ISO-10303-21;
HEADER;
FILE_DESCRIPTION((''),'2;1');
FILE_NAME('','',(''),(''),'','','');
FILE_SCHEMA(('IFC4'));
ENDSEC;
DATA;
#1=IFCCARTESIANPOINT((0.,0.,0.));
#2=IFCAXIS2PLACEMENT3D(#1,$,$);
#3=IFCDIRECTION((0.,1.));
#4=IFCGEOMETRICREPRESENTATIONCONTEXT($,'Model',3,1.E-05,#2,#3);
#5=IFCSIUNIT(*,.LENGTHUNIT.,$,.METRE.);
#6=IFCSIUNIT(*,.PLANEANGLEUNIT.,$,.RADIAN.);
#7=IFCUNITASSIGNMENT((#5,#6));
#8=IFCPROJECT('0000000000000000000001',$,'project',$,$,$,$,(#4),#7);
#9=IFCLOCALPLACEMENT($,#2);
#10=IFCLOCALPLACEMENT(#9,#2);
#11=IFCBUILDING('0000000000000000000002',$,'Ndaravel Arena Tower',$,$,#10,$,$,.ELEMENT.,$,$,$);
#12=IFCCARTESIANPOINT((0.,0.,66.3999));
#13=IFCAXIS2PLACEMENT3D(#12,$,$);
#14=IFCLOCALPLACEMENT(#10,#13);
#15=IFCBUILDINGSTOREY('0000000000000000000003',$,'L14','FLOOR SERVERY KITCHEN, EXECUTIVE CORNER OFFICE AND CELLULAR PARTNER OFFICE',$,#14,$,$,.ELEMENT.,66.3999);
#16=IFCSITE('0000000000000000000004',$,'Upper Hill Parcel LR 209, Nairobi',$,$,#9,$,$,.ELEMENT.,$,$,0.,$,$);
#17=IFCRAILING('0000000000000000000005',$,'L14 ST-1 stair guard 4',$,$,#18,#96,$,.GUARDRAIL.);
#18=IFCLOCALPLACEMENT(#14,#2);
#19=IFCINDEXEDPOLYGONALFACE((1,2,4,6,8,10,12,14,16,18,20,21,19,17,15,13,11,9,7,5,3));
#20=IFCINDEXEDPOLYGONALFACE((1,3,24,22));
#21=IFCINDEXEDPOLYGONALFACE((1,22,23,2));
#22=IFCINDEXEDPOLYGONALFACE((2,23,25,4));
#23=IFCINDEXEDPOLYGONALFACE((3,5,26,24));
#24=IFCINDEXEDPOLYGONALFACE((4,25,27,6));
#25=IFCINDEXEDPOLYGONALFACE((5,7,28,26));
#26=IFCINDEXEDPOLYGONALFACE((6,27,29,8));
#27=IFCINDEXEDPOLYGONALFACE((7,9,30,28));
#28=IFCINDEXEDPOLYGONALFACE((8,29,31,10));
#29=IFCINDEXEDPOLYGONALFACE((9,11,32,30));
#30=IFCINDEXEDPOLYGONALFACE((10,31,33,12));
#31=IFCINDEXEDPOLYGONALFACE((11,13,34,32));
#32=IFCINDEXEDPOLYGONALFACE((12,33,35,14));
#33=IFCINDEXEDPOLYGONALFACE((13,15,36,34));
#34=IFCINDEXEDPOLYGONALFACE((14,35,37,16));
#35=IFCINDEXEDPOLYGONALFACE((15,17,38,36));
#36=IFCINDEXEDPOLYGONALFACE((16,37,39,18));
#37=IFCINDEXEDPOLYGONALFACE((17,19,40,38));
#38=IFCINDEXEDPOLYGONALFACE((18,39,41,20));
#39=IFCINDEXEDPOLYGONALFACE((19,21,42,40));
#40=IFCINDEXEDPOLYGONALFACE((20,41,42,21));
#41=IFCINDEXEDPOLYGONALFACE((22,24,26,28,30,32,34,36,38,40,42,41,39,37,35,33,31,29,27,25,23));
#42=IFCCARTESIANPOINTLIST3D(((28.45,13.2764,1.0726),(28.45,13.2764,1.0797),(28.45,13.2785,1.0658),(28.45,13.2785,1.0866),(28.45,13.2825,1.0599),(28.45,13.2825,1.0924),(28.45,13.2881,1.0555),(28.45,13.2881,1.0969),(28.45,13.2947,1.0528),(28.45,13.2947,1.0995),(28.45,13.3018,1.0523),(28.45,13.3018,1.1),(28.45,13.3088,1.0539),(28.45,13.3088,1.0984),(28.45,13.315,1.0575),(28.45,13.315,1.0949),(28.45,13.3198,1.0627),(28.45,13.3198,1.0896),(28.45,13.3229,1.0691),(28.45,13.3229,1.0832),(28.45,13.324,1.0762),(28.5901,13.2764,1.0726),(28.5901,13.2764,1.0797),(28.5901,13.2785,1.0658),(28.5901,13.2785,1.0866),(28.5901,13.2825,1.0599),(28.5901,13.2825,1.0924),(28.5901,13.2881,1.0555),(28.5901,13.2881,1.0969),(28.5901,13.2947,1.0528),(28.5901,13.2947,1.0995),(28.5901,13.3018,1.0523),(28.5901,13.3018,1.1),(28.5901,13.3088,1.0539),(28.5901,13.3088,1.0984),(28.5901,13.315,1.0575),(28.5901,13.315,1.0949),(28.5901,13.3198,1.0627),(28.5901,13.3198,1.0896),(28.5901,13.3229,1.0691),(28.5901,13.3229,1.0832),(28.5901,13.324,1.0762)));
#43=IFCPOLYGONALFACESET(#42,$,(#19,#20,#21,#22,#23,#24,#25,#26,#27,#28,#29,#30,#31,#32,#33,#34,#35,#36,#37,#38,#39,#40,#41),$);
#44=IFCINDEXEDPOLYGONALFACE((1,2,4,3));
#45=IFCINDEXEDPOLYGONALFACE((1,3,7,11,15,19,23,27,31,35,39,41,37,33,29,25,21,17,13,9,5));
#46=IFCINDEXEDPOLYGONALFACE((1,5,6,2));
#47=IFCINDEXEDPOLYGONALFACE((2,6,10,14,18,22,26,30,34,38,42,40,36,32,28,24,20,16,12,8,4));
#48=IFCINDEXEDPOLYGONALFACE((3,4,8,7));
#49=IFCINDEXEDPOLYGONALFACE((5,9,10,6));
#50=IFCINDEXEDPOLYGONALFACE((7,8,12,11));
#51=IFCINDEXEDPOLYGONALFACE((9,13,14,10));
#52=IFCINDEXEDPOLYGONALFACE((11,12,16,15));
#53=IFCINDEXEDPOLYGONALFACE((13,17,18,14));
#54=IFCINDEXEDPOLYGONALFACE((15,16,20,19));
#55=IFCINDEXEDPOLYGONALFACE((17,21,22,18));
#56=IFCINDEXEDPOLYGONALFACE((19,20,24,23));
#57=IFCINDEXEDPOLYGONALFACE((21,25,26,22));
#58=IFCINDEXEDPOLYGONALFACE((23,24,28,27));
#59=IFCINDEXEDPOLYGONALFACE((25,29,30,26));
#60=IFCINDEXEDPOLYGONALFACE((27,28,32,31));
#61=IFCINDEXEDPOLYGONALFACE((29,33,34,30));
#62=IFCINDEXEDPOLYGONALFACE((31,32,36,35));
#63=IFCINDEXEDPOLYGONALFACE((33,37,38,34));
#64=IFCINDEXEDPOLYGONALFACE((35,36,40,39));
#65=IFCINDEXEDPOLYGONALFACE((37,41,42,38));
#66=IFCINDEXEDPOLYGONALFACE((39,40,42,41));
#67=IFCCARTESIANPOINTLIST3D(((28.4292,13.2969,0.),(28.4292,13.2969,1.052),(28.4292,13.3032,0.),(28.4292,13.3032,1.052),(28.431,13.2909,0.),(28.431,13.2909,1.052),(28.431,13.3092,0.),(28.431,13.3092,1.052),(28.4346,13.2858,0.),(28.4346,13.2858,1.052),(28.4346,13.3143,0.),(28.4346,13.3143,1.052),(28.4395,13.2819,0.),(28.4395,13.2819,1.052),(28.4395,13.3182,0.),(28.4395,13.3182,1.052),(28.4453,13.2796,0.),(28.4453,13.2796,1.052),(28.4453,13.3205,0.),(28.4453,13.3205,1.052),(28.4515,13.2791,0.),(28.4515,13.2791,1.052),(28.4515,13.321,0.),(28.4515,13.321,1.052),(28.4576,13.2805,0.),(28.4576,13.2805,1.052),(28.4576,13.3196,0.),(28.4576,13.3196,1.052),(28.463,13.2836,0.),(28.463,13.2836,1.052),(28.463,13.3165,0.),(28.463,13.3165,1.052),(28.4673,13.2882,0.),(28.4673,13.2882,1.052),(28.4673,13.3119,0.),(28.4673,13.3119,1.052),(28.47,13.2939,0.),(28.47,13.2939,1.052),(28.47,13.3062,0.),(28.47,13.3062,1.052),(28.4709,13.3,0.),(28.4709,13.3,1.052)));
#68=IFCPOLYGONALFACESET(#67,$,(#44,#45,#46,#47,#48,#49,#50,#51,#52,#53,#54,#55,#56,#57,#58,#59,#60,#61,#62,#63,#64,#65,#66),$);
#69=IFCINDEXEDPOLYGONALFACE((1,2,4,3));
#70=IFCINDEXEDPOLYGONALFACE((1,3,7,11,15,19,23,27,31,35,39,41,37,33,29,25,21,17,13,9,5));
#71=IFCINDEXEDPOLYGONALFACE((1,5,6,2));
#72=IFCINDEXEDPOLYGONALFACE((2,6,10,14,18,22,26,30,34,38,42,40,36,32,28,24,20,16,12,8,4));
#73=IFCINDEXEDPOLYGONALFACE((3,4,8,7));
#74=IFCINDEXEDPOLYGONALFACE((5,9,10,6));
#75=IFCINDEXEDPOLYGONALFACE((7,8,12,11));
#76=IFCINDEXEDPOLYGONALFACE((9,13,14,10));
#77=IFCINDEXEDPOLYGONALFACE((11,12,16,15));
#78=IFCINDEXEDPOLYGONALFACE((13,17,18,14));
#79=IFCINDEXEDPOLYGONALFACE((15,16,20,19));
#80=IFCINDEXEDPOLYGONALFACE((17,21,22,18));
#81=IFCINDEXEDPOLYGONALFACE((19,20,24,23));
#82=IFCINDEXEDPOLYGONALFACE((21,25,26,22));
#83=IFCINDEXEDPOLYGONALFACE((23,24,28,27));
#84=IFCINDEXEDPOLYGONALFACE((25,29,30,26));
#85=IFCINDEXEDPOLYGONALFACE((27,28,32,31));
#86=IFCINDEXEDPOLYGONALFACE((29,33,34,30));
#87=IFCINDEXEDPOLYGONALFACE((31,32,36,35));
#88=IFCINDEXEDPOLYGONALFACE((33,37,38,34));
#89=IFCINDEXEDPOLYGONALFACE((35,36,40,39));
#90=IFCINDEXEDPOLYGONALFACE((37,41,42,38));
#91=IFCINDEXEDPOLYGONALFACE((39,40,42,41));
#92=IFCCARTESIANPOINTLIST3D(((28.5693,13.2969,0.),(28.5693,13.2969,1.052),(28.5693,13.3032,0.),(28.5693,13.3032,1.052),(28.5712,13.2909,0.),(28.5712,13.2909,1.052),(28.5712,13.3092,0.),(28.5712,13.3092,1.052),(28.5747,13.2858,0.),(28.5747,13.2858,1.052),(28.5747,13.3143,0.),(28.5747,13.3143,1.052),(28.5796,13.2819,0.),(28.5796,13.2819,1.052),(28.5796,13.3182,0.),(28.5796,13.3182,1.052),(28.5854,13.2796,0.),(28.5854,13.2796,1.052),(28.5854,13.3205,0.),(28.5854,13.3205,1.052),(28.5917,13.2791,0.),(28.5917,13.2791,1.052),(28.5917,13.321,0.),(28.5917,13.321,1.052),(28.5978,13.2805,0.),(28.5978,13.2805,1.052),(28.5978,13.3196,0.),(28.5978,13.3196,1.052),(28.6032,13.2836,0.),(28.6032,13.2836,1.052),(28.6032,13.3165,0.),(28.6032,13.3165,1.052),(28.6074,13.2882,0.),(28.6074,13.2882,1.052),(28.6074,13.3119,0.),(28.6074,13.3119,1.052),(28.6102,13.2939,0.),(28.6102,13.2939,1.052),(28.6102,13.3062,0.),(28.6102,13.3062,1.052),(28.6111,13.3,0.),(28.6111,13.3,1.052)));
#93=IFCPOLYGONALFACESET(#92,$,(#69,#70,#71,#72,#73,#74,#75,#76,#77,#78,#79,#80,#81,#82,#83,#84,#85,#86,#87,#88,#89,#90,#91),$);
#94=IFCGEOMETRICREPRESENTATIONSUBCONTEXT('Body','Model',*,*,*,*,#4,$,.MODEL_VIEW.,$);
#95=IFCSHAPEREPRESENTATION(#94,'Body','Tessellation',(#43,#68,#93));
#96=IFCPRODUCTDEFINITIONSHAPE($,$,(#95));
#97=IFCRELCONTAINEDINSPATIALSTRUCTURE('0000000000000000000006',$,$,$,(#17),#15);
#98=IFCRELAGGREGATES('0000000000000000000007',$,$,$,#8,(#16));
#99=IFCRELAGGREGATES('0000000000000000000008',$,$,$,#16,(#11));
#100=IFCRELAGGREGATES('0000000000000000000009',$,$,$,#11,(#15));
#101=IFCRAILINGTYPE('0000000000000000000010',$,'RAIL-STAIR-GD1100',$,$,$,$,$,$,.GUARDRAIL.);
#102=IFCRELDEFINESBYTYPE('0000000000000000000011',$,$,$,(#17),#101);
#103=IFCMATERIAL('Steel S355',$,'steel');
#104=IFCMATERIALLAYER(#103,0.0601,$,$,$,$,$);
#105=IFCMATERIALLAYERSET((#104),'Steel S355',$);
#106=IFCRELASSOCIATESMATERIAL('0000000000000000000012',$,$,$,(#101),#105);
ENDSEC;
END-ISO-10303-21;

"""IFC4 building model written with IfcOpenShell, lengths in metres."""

from ifc_helpers import new_model, si_unit, direction, frame, origin, origin_2d, place, context, subcontext, project, spatial, circle, extrude, material, layer, layer_set, type_object, element, save


model = new_model("IFC4")

# Units and contexts
model_context = context("Model", 3, precision=1e-05, world=origin(), true_north=direction((0.0, 1.0)))
body_context = subcontext(model_context, "Body", "Model", "MODEL_VIEW")
ifc_project = project(units=[si_unit("LENGTHUNIT", "METRE"), si_unit("PLANEANGLEUNIT", "RADIAN")], contexts=[model_context])

# Site, building, storey
site_placement = place(None, origin())
site = spatial("IfcSite", under=ifc_project, at=site_placement, Name="Upper Hill Parcel LR 209, Nairobi", CompositionType="ELEMENT", RefElevation=0.0)
building_placement = place(site_placement, origin())
building = spatial("IfcBuilding", under=site, at=building_placement, Name="Ndaravel Arena Tower", CompositionType="ELEMENT")
storey_placement = place(building_placement, frame((0.0, 0.0, 66.3999)))
storey = spatial("IfcBuildingStorey", under=building, at=storey_placement, Name="L14", Description="FLOOR SERVERY KITCHEN, EXECUTIVE CORNER OFFICE AND CELLULAR PARTNER OFFICE", CompositionType="ELEMENT", Elevation=66.3999)

# Railing
ifc_material_1 = material(Name="Steel S355", Category="steel")
ifc_layer_1 = layer(ifc_material_1, 0.0601)
ifc_layer_set_1 = layer_set([ifc_layer_1], Name="Steel S355")
railing_type_1 = type_object("IfcRailingType", Name="RAIL-STAIR-GD1100", PredefinedType="GUARDRAIL", material=ifc_layer_set_1)
railing_1_placement = place(storey_placement, frame((28.45, 13.3, 0.0)))
element("IfcRailing", 1, at=railing_1_placement, inside=storey, type_object=railing_type_1, Name="L14 ST-1 stair guard 4", PredefinedType="GUARDRAIL", context=body_context, shape_type="SweptSolid", body=[
    extrude(circle(Radius=0.0239, at=origin_2d()), frame((0.0, 0.0, 1.0762), z_axis=(1.0, 0.0, 0.0), x_axis=(0.0, 1.0, 0.0)), (0.0, 0.0, 1.0), 0.1401),
    extrude(circle(Radius=0.021, at=origin_2d()), origin(), (0.0, 0.0, 1.0), 1.052),
    extrude(circle(Radius=0.021, at=origin_2d()), frame((0.1401, 0.0, 0.0)), (0.0, 0.0, 1.0), 1.052),
])

save(model, "model.ifc")
